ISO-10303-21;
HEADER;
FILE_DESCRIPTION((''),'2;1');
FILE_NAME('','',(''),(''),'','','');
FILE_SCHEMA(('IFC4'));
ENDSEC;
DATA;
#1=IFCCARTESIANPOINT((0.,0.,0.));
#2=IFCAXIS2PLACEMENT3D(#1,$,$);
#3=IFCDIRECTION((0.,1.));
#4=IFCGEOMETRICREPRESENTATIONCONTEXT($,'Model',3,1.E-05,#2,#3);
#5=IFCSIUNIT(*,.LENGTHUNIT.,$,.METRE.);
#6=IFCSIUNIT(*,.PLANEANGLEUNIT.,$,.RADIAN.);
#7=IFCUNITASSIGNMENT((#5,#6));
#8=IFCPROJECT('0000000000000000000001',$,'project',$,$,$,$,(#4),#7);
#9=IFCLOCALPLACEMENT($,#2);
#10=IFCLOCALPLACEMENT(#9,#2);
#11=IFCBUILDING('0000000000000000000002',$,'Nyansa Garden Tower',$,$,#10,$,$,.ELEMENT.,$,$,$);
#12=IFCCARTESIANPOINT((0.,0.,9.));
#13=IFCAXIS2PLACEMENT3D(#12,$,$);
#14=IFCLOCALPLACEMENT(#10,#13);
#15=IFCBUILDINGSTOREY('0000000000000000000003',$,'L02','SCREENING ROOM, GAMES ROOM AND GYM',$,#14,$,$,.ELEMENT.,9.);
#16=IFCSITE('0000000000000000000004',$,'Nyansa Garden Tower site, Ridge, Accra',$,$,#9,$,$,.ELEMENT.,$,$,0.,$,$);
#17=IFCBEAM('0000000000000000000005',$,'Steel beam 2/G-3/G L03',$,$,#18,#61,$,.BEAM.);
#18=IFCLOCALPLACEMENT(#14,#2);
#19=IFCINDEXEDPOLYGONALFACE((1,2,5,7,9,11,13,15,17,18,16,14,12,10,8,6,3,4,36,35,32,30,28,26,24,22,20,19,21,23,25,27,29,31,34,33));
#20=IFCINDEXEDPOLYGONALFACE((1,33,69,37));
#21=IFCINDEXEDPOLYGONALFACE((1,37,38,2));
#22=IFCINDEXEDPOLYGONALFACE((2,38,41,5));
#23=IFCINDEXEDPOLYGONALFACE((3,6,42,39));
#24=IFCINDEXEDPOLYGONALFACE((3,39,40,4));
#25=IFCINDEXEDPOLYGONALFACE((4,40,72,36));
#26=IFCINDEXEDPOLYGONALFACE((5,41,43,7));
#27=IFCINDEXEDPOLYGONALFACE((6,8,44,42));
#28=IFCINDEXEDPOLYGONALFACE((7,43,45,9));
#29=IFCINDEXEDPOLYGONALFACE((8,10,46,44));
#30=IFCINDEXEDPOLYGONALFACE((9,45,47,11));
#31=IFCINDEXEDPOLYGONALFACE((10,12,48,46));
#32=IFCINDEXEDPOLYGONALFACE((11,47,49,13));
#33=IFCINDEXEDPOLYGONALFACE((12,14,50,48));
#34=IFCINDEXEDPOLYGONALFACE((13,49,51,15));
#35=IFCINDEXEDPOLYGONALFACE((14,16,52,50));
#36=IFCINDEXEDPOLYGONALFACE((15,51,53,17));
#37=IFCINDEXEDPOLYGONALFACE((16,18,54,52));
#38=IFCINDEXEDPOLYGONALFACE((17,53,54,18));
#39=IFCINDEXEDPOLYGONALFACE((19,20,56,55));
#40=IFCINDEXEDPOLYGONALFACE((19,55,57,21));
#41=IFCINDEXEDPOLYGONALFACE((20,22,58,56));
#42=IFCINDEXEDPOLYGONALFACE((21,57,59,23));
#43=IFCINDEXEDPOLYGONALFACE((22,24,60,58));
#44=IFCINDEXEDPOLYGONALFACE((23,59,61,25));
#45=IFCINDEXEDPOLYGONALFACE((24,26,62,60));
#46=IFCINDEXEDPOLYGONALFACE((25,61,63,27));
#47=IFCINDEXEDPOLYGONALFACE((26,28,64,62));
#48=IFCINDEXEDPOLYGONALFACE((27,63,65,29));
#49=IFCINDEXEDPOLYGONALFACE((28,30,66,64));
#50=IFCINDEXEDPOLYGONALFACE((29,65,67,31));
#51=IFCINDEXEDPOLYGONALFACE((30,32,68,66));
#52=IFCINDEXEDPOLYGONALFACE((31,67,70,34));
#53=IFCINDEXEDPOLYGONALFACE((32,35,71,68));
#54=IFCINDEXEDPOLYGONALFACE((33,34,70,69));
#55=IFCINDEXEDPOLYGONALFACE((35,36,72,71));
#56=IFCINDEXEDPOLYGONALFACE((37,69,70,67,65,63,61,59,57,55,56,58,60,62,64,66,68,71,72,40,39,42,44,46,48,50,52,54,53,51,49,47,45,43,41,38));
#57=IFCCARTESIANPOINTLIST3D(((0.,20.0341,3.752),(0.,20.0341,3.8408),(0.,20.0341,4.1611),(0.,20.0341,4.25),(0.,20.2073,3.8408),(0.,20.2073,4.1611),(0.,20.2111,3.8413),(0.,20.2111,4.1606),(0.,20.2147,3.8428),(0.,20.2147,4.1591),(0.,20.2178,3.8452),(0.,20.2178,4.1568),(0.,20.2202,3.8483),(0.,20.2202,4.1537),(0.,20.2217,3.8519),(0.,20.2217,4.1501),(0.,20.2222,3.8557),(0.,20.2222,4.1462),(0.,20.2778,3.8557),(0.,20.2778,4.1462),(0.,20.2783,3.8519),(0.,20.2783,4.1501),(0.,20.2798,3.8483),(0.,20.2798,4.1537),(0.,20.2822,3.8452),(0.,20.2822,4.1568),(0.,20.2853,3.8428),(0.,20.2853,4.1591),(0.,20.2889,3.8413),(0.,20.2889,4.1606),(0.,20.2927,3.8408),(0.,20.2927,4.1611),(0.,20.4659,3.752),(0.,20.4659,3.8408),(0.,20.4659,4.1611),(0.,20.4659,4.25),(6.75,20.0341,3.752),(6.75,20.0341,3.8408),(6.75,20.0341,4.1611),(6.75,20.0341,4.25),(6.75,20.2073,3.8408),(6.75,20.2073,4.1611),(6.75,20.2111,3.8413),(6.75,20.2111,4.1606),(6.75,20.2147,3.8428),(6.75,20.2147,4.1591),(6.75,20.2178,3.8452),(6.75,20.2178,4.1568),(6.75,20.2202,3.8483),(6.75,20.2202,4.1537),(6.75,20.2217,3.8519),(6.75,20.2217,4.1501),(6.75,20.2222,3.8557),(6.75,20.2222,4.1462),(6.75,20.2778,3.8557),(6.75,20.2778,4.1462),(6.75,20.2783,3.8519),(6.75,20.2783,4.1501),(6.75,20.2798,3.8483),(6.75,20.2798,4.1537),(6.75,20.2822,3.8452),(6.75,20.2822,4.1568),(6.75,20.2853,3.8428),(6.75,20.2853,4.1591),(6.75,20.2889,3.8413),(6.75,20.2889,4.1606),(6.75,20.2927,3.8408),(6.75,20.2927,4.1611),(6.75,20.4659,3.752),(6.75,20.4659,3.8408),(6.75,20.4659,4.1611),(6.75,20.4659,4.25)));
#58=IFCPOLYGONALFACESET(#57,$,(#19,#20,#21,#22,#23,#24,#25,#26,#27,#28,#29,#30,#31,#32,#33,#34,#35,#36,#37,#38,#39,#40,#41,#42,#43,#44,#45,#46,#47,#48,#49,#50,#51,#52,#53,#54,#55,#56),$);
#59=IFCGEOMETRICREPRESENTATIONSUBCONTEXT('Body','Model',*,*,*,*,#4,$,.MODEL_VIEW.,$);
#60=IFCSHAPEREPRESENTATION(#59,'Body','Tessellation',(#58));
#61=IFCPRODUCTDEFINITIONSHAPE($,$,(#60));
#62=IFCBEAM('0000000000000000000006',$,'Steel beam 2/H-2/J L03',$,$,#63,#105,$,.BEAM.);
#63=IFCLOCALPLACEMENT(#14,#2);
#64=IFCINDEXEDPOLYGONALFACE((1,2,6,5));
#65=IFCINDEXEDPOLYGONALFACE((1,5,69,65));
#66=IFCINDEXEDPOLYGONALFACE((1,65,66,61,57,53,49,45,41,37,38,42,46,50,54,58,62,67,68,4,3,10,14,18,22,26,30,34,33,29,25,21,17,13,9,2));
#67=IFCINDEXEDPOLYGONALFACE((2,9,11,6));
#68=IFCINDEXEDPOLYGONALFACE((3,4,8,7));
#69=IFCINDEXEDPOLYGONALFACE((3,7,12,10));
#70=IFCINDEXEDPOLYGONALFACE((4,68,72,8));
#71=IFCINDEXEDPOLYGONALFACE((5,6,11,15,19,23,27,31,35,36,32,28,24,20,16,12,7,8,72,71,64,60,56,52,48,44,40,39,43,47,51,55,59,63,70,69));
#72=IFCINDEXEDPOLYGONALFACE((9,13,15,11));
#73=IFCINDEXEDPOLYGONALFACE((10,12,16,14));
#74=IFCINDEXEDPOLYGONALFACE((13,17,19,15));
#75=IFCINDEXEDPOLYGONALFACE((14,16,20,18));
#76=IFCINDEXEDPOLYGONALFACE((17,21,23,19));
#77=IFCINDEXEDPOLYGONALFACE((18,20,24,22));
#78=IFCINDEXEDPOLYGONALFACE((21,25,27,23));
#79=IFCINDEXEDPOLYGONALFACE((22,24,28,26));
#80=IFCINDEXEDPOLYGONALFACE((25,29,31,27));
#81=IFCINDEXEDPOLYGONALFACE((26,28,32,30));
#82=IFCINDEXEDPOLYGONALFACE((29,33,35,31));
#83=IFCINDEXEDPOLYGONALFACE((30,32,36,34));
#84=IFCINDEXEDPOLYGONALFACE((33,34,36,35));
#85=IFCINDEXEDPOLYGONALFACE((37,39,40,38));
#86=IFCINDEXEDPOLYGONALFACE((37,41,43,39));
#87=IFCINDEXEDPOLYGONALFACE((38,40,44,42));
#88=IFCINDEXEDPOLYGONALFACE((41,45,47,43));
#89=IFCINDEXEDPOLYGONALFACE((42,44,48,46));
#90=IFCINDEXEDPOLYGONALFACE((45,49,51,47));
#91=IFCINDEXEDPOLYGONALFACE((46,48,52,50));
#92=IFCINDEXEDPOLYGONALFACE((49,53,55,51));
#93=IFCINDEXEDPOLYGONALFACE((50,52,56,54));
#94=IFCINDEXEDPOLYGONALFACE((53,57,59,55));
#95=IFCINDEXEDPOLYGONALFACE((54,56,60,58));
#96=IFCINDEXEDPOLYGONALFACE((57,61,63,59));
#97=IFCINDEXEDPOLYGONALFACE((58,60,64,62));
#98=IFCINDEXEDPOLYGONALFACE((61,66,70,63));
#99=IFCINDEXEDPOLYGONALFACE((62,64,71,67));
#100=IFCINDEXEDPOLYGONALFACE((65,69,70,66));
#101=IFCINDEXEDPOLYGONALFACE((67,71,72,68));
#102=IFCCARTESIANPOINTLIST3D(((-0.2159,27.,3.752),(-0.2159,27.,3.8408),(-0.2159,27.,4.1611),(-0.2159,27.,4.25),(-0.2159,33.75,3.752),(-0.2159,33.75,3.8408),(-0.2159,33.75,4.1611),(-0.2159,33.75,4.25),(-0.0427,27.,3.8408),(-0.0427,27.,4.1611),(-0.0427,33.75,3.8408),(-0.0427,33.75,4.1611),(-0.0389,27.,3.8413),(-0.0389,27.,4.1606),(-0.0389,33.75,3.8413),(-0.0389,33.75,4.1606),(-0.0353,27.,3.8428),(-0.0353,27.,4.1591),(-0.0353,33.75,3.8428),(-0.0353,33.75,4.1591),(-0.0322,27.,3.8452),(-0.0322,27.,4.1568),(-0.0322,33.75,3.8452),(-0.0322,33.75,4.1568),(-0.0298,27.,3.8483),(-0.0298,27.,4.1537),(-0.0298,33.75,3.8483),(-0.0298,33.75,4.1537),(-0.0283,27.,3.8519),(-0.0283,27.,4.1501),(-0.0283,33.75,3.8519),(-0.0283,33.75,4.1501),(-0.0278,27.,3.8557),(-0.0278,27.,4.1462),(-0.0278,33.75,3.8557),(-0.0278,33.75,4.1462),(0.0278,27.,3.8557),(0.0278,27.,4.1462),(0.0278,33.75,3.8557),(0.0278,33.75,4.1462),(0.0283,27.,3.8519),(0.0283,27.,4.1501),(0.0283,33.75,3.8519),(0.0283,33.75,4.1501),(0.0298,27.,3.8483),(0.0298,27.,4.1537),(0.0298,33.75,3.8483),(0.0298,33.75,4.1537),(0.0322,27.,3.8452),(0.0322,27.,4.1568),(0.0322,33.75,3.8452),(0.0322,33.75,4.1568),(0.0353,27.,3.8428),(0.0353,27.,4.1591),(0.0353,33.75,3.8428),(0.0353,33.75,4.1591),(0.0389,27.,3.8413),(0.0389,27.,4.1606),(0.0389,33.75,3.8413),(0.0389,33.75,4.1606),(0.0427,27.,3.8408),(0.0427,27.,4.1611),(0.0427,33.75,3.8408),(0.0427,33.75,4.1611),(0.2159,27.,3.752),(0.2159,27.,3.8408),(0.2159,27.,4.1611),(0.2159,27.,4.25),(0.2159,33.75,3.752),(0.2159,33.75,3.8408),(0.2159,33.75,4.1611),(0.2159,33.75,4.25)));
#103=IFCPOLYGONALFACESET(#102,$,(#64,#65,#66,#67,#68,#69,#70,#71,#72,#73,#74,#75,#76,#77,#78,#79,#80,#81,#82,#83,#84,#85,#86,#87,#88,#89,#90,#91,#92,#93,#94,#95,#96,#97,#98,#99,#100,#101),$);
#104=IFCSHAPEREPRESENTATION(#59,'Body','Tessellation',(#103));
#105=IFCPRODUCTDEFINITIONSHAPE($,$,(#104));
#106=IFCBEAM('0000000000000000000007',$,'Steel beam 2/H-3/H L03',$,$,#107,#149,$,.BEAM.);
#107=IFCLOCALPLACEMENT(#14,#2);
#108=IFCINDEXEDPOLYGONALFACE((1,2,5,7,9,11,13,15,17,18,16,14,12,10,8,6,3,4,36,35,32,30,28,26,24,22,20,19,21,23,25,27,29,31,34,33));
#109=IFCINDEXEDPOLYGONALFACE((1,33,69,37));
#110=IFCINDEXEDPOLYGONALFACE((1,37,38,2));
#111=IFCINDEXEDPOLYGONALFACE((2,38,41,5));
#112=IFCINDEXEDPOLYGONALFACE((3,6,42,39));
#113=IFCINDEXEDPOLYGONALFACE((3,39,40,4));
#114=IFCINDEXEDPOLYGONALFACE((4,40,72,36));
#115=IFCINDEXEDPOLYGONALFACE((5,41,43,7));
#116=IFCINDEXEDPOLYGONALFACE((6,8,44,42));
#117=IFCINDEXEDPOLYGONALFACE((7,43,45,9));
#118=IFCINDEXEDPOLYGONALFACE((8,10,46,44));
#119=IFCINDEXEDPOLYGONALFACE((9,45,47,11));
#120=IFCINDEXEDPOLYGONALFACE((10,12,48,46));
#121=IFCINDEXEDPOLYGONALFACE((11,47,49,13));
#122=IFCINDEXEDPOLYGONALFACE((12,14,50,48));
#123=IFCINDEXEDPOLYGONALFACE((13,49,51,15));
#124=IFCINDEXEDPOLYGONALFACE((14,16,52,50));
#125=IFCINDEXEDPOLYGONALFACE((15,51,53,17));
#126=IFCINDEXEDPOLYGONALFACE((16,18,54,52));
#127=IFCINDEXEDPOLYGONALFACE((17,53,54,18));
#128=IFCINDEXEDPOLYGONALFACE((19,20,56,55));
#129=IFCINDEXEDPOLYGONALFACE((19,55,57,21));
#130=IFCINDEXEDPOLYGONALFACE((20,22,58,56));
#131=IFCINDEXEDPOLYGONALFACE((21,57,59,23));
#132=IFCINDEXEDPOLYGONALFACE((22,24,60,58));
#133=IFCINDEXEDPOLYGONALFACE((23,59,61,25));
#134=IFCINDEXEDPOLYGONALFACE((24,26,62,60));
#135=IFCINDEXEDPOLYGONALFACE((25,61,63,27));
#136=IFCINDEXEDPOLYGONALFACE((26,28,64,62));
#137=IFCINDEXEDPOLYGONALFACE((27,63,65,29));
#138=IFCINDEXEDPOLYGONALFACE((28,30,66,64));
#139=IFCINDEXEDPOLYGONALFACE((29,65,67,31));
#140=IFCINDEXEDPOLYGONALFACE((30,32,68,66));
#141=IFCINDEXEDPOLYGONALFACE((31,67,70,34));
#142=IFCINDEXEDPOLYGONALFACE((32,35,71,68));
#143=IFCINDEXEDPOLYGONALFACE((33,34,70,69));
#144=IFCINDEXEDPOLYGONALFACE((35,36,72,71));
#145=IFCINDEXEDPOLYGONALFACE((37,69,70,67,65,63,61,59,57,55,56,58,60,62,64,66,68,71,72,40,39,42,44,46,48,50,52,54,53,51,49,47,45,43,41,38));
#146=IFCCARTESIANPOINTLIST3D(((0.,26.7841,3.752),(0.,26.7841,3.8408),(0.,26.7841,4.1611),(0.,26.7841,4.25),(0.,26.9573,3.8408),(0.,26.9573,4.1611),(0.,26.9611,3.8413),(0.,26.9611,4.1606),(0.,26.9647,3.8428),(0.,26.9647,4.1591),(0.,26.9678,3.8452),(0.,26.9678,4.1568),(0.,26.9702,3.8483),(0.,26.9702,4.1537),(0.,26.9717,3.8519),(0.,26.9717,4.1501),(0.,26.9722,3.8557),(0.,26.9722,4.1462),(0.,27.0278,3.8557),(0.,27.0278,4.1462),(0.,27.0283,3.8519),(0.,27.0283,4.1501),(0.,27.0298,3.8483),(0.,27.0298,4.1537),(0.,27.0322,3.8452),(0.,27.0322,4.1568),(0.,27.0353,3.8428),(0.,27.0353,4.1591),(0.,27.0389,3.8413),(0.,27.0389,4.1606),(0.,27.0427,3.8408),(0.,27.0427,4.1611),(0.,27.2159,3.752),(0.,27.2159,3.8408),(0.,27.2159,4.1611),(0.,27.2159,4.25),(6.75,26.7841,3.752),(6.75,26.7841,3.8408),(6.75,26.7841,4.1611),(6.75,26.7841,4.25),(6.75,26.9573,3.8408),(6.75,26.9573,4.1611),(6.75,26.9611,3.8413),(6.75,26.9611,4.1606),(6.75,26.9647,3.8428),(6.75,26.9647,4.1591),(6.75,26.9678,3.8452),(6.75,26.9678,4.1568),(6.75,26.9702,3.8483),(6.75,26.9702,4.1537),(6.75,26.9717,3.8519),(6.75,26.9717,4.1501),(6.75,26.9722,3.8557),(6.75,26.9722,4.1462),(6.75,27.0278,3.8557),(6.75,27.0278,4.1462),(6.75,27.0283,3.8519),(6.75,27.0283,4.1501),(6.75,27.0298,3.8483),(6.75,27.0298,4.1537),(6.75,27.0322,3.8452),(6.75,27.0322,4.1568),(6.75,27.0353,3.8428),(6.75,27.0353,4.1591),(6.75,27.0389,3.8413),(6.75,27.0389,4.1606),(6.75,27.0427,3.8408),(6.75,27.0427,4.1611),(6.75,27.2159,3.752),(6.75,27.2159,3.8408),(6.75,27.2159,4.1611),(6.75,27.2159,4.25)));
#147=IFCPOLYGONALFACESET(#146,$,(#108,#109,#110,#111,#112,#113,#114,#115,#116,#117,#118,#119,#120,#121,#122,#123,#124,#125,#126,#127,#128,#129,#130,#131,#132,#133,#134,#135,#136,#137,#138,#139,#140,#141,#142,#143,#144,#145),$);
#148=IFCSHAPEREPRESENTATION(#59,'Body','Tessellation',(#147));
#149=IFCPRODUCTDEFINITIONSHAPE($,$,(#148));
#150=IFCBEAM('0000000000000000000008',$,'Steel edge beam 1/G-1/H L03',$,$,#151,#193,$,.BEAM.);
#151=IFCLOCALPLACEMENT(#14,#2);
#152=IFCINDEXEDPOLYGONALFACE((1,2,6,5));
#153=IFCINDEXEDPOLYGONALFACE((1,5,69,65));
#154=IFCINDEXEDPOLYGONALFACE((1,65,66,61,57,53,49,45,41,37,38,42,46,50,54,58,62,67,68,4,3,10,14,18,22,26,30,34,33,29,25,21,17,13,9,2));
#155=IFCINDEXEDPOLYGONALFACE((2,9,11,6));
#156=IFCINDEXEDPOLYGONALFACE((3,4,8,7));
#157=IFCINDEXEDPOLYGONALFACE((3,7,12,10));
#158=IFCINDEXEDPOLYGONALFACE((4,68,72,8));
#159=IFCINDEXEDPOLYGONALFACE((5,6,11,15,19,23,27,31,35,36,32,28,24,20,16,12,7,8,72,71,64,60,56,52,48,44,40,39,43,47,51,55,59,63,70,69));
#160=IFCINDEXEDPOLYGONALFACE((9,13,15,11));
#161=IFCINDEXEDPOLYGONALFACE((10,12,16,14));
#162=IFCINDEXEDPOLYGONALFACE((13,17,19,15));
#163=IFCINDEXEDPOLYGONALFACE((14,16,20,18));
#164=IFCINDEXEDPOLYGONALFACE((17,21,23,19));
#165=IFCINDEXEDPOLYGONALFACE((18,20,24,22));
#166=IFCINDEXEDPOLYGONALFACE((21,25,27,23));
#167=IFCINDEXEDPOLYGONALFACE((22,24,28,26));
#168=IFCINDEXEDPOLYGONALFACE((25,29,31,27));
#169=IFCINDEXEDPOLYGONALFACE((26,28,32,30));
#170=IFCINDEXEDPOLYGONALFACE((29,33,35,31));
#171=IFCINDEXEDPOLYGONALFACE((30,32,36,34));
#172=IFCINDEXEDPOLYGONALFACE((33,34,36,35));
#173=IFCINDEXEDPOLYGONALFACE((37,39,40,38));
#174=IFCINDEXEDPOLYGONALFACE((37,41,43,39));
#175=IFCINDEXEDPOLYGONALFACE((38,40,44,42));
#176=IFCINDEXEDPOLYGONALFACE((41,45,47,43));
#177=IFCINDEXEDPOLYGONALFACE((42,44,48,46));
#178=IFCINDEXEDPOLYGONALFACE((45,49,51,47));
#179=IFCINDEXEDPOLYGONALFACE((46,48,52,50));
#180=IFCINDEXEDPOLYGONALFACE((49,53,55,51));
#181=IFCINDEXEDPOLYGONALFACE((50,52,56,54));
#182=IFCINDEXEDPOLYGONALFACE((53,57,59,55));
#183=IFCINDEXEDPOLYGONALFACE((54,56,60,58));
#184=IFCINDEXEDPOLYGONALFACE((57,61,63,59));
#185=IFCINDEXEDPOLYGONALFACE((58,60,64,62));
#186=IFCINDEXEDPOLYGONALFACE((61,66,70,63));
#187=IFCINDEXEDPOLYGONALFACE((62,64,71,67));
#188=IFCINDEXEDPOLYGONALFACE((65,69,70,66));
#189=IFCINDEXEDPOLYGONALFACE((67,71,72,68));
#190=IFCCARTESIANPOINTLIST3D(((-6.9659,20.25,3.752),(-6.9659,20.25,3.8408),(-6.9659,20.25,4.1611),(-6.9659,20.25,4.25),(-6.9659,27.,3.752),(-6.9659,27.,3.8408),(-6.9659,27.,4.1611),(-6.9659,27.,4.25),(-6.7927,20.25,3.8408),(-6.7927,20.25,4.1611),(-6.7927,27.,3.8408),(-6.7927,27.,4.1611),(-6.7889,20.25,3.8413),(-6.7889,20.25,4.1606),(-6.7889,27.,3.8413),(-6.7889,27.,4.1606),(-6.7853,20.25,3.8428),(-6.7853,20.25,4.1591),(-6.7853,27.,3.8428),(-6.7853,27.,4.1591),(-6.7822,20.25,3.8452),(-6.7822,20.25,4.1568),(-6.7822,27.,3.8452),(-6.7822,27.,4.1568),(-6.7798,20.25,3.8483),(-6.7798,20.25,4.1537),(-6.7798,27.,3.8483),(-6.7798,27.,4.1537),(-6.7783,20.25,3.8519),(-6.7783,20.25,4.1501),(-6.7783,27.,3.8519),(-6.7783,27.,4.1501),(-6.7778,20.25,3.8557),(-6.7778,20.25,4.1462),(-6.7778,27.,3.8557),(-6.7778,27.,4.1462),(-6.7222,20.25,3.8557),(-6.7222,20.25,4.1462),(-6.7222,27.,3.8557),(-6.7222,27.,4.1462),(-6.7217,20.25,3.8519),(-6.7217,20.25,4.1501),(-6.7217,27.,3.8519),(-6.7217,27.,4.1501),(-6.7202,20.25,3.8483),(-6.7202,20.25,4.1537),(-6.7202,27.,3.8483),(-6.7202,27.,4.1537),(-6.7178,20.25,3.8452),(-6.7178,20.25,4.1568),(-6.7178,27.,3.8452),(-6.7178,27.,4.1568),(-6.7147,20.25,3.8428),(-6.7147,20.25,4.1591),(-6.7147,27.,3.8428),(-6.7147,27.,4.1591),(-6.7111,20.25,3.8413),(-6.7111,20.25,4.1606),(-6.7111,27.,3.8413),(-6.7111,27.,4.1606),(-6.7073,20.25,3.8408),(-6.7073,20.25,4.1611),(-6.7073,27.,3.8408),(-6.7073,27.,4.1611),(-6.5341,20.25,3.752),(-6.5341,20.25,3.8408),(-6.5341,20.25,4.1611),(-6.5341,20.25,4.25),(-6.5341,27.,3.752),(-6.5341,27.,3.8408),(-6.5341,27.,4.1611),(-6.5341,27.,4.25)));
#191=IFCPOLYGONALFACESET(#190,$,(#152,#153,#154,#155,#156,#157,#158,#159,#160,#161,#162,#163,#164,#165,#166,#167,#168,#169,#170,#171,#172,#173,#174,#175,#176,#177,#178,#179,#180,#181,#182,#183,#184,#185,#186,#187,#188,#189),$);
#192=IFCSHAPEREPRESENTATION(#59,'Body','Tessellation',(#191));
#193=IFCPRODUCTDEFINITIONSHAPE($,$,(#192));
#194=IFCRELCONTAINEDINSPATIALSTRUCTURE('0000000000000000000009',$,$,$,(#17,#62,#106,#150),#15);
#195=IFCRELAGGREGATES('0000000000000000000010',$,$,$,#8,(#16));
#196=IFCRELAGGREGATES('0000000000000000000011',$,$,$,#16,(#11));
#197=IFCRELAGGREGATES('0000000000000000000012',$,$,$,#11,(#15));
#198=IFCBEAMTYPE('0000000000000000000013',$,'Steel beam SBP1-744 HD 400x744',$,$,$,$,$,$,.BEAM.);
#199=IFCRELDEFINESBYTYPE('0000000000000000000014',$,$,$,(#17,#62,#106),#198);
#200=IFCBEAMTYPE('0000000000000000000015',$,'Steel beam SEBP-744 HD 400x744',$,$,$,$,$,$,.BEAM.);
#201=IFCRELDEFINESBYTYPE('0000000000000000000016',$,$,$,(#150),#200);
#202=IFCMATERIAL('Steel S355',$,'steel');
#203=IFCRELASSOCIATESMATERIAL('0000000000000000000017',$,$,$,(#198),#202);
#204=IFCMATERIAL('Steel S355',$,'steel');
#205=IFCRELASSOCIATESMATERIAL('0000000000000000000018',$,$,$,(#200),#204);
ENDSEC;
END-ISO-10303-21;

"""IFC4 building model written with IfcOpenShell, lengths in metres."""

from ifc_helpers import new_model, si_unit, direction, frame, origin, origin_2d, place, context, subcontext, project, spatial, i_section, extrude, material, material_profile, profile_set, type_object, element, save


model = new_model("IFC4")

# Units and contexts
model_context = context("Model", 3, precision=1e-05, world=origin(), true_north=direction((0.0, 1.0)))
body_context = subcontext(model_context, "Body", "Model", "MODEL_VIEW")
ifc_project = project(units=[si_unit("LENGTHUNIT", "METRE"), si_unit("PLANEANGLEUNIT", "RADIAN")], contexts=[model_context])

# Site, building, storey
site_placement = place(None, origin())
site = spatial("IfcSite", under=ifc_project, at=site_placement, Name="Nyansa Garden Tower site, Ridge, Accra", CompositionType="ELEMENT", RefElevation=0.0)
building_placement = place(site_placement, origin())
building = spatial("IfcBuilding", under=site, at=building_placement, Name="Nyansa Garden Tower", CompositionType="ELEMENT")
storey_placement = place(building_placement, frame((0.0, 0.0, 9.0)))
storey = spatial("IfcBuildingStorey", under=building, at=storey_placement, Name="L02", Description="SCREENING ROOM, GAMES ROOM AND GYM", CompositionType="ELEMENT", Elevation=9.0)

# Beams
ifc_material_1 = material(Name="Steel S355", Category="steel")
ifc_material_profile_1 = material_profile(ifc_material_1, i_section(OverallWidth=0.4319, OverallDepth=0.498, WebThickness=0.0557, FlangeThickness=0.0889, FilletRadius=0.0149, at=origin_2d()), Name="HD 400x744")
ifc_profile_set_1 = profile_set([ifc_material_profile_1], Name="Steel S355")
beam_type_1 = type_object("IfcBeamType", Name="Steel beam SBP1-744 HD 400x744", PredefinedType="BEAM", material=ifc_profile_set_1)
for number, where, z_axis, x_axis, name in (
    (1, (0.0, 20.25, 4.001), (1.0, 0.0, 0.0), (0.0, 1.0, 0.0), "Steel beam 2/G-3/G L03"),
    (2, (0.0, 27.0, 4.001), (0.0, 1.0, 0.0), (-1.0, 0.0, 0.0), "Steel beam 2/H-2/J L03"),
    (3, (0.0, 27.0, 4.001), (1.0, 0.0, 0.0), (0.0, 1.0, 0.0), "Steel beam 2/H-3/H L03"),
):
    element("IfcBeam", number, at=place(storey_placement, frame(where, z_axis=z_axis, x_axis=x_axis)), inside=storey, type_object=beam_type_1, Name=name, PredefinedType="BEAM", context=body_context, shape_type="SweptSolid", body=[
        extrude(i_section(OverallWidth=0.4319, OverallDepth=0.498, WebThickness=0.0557, FlangeThickness=0.0889, FilletRadius=0.0149, at=origin_2d()), origin(), (0.0, 0.0, 1.0), 6.75),
    ])
ifc_material_2 = material(Name="Steel S355", Category="steel")
ifc_material_profile_2 = material_profile(ifc_material_2, i_section(OverallWidth=0.4319, OverallDepth=0.498, WebThickness=0.0557, FlangeThickness=0.0889, FilletRadius=0.0149, at=origin_2d()), Name="HD 400x744")
ifc_profile_set_2 = profile_set([ifc_material_profile_2], Name="Steel S355")
beam_type_2 = type_object("IfcBeamType", Name="Steel beam SEBP-744 HD 400x744", PredefinedType="BEAM", material=ifc_profile_set_2)
for number, where, z_axis, x_axis, name in (
    (4, (-6.75, 20.25, 4.001), (0.0, 1.0, 0.0), (-1.0, 0.0, 0.0), "Steel edge beam 1/G-1/H L03"),
):
    element("IfcBeam", number, at=place(storey_placement, frame(where, z_axis=z_axis, x_axis=x_axis)), inside=storey, type_object=beam_type_2, Name=name, PredefinedType="BEAM", context=body_context, shape_type="SweptSolid", body=[
        extrude(i_section(OverallWidth=0.4319, OverallDepth=0.498, WebThickness=0.0557, FlangeThickness=0.0889, FilletRadius=0.0149, at=origin_2d()), origin(), (0.0, 0.0, 1.0), 6.75),
    ])

save(model, "model.ifc")
